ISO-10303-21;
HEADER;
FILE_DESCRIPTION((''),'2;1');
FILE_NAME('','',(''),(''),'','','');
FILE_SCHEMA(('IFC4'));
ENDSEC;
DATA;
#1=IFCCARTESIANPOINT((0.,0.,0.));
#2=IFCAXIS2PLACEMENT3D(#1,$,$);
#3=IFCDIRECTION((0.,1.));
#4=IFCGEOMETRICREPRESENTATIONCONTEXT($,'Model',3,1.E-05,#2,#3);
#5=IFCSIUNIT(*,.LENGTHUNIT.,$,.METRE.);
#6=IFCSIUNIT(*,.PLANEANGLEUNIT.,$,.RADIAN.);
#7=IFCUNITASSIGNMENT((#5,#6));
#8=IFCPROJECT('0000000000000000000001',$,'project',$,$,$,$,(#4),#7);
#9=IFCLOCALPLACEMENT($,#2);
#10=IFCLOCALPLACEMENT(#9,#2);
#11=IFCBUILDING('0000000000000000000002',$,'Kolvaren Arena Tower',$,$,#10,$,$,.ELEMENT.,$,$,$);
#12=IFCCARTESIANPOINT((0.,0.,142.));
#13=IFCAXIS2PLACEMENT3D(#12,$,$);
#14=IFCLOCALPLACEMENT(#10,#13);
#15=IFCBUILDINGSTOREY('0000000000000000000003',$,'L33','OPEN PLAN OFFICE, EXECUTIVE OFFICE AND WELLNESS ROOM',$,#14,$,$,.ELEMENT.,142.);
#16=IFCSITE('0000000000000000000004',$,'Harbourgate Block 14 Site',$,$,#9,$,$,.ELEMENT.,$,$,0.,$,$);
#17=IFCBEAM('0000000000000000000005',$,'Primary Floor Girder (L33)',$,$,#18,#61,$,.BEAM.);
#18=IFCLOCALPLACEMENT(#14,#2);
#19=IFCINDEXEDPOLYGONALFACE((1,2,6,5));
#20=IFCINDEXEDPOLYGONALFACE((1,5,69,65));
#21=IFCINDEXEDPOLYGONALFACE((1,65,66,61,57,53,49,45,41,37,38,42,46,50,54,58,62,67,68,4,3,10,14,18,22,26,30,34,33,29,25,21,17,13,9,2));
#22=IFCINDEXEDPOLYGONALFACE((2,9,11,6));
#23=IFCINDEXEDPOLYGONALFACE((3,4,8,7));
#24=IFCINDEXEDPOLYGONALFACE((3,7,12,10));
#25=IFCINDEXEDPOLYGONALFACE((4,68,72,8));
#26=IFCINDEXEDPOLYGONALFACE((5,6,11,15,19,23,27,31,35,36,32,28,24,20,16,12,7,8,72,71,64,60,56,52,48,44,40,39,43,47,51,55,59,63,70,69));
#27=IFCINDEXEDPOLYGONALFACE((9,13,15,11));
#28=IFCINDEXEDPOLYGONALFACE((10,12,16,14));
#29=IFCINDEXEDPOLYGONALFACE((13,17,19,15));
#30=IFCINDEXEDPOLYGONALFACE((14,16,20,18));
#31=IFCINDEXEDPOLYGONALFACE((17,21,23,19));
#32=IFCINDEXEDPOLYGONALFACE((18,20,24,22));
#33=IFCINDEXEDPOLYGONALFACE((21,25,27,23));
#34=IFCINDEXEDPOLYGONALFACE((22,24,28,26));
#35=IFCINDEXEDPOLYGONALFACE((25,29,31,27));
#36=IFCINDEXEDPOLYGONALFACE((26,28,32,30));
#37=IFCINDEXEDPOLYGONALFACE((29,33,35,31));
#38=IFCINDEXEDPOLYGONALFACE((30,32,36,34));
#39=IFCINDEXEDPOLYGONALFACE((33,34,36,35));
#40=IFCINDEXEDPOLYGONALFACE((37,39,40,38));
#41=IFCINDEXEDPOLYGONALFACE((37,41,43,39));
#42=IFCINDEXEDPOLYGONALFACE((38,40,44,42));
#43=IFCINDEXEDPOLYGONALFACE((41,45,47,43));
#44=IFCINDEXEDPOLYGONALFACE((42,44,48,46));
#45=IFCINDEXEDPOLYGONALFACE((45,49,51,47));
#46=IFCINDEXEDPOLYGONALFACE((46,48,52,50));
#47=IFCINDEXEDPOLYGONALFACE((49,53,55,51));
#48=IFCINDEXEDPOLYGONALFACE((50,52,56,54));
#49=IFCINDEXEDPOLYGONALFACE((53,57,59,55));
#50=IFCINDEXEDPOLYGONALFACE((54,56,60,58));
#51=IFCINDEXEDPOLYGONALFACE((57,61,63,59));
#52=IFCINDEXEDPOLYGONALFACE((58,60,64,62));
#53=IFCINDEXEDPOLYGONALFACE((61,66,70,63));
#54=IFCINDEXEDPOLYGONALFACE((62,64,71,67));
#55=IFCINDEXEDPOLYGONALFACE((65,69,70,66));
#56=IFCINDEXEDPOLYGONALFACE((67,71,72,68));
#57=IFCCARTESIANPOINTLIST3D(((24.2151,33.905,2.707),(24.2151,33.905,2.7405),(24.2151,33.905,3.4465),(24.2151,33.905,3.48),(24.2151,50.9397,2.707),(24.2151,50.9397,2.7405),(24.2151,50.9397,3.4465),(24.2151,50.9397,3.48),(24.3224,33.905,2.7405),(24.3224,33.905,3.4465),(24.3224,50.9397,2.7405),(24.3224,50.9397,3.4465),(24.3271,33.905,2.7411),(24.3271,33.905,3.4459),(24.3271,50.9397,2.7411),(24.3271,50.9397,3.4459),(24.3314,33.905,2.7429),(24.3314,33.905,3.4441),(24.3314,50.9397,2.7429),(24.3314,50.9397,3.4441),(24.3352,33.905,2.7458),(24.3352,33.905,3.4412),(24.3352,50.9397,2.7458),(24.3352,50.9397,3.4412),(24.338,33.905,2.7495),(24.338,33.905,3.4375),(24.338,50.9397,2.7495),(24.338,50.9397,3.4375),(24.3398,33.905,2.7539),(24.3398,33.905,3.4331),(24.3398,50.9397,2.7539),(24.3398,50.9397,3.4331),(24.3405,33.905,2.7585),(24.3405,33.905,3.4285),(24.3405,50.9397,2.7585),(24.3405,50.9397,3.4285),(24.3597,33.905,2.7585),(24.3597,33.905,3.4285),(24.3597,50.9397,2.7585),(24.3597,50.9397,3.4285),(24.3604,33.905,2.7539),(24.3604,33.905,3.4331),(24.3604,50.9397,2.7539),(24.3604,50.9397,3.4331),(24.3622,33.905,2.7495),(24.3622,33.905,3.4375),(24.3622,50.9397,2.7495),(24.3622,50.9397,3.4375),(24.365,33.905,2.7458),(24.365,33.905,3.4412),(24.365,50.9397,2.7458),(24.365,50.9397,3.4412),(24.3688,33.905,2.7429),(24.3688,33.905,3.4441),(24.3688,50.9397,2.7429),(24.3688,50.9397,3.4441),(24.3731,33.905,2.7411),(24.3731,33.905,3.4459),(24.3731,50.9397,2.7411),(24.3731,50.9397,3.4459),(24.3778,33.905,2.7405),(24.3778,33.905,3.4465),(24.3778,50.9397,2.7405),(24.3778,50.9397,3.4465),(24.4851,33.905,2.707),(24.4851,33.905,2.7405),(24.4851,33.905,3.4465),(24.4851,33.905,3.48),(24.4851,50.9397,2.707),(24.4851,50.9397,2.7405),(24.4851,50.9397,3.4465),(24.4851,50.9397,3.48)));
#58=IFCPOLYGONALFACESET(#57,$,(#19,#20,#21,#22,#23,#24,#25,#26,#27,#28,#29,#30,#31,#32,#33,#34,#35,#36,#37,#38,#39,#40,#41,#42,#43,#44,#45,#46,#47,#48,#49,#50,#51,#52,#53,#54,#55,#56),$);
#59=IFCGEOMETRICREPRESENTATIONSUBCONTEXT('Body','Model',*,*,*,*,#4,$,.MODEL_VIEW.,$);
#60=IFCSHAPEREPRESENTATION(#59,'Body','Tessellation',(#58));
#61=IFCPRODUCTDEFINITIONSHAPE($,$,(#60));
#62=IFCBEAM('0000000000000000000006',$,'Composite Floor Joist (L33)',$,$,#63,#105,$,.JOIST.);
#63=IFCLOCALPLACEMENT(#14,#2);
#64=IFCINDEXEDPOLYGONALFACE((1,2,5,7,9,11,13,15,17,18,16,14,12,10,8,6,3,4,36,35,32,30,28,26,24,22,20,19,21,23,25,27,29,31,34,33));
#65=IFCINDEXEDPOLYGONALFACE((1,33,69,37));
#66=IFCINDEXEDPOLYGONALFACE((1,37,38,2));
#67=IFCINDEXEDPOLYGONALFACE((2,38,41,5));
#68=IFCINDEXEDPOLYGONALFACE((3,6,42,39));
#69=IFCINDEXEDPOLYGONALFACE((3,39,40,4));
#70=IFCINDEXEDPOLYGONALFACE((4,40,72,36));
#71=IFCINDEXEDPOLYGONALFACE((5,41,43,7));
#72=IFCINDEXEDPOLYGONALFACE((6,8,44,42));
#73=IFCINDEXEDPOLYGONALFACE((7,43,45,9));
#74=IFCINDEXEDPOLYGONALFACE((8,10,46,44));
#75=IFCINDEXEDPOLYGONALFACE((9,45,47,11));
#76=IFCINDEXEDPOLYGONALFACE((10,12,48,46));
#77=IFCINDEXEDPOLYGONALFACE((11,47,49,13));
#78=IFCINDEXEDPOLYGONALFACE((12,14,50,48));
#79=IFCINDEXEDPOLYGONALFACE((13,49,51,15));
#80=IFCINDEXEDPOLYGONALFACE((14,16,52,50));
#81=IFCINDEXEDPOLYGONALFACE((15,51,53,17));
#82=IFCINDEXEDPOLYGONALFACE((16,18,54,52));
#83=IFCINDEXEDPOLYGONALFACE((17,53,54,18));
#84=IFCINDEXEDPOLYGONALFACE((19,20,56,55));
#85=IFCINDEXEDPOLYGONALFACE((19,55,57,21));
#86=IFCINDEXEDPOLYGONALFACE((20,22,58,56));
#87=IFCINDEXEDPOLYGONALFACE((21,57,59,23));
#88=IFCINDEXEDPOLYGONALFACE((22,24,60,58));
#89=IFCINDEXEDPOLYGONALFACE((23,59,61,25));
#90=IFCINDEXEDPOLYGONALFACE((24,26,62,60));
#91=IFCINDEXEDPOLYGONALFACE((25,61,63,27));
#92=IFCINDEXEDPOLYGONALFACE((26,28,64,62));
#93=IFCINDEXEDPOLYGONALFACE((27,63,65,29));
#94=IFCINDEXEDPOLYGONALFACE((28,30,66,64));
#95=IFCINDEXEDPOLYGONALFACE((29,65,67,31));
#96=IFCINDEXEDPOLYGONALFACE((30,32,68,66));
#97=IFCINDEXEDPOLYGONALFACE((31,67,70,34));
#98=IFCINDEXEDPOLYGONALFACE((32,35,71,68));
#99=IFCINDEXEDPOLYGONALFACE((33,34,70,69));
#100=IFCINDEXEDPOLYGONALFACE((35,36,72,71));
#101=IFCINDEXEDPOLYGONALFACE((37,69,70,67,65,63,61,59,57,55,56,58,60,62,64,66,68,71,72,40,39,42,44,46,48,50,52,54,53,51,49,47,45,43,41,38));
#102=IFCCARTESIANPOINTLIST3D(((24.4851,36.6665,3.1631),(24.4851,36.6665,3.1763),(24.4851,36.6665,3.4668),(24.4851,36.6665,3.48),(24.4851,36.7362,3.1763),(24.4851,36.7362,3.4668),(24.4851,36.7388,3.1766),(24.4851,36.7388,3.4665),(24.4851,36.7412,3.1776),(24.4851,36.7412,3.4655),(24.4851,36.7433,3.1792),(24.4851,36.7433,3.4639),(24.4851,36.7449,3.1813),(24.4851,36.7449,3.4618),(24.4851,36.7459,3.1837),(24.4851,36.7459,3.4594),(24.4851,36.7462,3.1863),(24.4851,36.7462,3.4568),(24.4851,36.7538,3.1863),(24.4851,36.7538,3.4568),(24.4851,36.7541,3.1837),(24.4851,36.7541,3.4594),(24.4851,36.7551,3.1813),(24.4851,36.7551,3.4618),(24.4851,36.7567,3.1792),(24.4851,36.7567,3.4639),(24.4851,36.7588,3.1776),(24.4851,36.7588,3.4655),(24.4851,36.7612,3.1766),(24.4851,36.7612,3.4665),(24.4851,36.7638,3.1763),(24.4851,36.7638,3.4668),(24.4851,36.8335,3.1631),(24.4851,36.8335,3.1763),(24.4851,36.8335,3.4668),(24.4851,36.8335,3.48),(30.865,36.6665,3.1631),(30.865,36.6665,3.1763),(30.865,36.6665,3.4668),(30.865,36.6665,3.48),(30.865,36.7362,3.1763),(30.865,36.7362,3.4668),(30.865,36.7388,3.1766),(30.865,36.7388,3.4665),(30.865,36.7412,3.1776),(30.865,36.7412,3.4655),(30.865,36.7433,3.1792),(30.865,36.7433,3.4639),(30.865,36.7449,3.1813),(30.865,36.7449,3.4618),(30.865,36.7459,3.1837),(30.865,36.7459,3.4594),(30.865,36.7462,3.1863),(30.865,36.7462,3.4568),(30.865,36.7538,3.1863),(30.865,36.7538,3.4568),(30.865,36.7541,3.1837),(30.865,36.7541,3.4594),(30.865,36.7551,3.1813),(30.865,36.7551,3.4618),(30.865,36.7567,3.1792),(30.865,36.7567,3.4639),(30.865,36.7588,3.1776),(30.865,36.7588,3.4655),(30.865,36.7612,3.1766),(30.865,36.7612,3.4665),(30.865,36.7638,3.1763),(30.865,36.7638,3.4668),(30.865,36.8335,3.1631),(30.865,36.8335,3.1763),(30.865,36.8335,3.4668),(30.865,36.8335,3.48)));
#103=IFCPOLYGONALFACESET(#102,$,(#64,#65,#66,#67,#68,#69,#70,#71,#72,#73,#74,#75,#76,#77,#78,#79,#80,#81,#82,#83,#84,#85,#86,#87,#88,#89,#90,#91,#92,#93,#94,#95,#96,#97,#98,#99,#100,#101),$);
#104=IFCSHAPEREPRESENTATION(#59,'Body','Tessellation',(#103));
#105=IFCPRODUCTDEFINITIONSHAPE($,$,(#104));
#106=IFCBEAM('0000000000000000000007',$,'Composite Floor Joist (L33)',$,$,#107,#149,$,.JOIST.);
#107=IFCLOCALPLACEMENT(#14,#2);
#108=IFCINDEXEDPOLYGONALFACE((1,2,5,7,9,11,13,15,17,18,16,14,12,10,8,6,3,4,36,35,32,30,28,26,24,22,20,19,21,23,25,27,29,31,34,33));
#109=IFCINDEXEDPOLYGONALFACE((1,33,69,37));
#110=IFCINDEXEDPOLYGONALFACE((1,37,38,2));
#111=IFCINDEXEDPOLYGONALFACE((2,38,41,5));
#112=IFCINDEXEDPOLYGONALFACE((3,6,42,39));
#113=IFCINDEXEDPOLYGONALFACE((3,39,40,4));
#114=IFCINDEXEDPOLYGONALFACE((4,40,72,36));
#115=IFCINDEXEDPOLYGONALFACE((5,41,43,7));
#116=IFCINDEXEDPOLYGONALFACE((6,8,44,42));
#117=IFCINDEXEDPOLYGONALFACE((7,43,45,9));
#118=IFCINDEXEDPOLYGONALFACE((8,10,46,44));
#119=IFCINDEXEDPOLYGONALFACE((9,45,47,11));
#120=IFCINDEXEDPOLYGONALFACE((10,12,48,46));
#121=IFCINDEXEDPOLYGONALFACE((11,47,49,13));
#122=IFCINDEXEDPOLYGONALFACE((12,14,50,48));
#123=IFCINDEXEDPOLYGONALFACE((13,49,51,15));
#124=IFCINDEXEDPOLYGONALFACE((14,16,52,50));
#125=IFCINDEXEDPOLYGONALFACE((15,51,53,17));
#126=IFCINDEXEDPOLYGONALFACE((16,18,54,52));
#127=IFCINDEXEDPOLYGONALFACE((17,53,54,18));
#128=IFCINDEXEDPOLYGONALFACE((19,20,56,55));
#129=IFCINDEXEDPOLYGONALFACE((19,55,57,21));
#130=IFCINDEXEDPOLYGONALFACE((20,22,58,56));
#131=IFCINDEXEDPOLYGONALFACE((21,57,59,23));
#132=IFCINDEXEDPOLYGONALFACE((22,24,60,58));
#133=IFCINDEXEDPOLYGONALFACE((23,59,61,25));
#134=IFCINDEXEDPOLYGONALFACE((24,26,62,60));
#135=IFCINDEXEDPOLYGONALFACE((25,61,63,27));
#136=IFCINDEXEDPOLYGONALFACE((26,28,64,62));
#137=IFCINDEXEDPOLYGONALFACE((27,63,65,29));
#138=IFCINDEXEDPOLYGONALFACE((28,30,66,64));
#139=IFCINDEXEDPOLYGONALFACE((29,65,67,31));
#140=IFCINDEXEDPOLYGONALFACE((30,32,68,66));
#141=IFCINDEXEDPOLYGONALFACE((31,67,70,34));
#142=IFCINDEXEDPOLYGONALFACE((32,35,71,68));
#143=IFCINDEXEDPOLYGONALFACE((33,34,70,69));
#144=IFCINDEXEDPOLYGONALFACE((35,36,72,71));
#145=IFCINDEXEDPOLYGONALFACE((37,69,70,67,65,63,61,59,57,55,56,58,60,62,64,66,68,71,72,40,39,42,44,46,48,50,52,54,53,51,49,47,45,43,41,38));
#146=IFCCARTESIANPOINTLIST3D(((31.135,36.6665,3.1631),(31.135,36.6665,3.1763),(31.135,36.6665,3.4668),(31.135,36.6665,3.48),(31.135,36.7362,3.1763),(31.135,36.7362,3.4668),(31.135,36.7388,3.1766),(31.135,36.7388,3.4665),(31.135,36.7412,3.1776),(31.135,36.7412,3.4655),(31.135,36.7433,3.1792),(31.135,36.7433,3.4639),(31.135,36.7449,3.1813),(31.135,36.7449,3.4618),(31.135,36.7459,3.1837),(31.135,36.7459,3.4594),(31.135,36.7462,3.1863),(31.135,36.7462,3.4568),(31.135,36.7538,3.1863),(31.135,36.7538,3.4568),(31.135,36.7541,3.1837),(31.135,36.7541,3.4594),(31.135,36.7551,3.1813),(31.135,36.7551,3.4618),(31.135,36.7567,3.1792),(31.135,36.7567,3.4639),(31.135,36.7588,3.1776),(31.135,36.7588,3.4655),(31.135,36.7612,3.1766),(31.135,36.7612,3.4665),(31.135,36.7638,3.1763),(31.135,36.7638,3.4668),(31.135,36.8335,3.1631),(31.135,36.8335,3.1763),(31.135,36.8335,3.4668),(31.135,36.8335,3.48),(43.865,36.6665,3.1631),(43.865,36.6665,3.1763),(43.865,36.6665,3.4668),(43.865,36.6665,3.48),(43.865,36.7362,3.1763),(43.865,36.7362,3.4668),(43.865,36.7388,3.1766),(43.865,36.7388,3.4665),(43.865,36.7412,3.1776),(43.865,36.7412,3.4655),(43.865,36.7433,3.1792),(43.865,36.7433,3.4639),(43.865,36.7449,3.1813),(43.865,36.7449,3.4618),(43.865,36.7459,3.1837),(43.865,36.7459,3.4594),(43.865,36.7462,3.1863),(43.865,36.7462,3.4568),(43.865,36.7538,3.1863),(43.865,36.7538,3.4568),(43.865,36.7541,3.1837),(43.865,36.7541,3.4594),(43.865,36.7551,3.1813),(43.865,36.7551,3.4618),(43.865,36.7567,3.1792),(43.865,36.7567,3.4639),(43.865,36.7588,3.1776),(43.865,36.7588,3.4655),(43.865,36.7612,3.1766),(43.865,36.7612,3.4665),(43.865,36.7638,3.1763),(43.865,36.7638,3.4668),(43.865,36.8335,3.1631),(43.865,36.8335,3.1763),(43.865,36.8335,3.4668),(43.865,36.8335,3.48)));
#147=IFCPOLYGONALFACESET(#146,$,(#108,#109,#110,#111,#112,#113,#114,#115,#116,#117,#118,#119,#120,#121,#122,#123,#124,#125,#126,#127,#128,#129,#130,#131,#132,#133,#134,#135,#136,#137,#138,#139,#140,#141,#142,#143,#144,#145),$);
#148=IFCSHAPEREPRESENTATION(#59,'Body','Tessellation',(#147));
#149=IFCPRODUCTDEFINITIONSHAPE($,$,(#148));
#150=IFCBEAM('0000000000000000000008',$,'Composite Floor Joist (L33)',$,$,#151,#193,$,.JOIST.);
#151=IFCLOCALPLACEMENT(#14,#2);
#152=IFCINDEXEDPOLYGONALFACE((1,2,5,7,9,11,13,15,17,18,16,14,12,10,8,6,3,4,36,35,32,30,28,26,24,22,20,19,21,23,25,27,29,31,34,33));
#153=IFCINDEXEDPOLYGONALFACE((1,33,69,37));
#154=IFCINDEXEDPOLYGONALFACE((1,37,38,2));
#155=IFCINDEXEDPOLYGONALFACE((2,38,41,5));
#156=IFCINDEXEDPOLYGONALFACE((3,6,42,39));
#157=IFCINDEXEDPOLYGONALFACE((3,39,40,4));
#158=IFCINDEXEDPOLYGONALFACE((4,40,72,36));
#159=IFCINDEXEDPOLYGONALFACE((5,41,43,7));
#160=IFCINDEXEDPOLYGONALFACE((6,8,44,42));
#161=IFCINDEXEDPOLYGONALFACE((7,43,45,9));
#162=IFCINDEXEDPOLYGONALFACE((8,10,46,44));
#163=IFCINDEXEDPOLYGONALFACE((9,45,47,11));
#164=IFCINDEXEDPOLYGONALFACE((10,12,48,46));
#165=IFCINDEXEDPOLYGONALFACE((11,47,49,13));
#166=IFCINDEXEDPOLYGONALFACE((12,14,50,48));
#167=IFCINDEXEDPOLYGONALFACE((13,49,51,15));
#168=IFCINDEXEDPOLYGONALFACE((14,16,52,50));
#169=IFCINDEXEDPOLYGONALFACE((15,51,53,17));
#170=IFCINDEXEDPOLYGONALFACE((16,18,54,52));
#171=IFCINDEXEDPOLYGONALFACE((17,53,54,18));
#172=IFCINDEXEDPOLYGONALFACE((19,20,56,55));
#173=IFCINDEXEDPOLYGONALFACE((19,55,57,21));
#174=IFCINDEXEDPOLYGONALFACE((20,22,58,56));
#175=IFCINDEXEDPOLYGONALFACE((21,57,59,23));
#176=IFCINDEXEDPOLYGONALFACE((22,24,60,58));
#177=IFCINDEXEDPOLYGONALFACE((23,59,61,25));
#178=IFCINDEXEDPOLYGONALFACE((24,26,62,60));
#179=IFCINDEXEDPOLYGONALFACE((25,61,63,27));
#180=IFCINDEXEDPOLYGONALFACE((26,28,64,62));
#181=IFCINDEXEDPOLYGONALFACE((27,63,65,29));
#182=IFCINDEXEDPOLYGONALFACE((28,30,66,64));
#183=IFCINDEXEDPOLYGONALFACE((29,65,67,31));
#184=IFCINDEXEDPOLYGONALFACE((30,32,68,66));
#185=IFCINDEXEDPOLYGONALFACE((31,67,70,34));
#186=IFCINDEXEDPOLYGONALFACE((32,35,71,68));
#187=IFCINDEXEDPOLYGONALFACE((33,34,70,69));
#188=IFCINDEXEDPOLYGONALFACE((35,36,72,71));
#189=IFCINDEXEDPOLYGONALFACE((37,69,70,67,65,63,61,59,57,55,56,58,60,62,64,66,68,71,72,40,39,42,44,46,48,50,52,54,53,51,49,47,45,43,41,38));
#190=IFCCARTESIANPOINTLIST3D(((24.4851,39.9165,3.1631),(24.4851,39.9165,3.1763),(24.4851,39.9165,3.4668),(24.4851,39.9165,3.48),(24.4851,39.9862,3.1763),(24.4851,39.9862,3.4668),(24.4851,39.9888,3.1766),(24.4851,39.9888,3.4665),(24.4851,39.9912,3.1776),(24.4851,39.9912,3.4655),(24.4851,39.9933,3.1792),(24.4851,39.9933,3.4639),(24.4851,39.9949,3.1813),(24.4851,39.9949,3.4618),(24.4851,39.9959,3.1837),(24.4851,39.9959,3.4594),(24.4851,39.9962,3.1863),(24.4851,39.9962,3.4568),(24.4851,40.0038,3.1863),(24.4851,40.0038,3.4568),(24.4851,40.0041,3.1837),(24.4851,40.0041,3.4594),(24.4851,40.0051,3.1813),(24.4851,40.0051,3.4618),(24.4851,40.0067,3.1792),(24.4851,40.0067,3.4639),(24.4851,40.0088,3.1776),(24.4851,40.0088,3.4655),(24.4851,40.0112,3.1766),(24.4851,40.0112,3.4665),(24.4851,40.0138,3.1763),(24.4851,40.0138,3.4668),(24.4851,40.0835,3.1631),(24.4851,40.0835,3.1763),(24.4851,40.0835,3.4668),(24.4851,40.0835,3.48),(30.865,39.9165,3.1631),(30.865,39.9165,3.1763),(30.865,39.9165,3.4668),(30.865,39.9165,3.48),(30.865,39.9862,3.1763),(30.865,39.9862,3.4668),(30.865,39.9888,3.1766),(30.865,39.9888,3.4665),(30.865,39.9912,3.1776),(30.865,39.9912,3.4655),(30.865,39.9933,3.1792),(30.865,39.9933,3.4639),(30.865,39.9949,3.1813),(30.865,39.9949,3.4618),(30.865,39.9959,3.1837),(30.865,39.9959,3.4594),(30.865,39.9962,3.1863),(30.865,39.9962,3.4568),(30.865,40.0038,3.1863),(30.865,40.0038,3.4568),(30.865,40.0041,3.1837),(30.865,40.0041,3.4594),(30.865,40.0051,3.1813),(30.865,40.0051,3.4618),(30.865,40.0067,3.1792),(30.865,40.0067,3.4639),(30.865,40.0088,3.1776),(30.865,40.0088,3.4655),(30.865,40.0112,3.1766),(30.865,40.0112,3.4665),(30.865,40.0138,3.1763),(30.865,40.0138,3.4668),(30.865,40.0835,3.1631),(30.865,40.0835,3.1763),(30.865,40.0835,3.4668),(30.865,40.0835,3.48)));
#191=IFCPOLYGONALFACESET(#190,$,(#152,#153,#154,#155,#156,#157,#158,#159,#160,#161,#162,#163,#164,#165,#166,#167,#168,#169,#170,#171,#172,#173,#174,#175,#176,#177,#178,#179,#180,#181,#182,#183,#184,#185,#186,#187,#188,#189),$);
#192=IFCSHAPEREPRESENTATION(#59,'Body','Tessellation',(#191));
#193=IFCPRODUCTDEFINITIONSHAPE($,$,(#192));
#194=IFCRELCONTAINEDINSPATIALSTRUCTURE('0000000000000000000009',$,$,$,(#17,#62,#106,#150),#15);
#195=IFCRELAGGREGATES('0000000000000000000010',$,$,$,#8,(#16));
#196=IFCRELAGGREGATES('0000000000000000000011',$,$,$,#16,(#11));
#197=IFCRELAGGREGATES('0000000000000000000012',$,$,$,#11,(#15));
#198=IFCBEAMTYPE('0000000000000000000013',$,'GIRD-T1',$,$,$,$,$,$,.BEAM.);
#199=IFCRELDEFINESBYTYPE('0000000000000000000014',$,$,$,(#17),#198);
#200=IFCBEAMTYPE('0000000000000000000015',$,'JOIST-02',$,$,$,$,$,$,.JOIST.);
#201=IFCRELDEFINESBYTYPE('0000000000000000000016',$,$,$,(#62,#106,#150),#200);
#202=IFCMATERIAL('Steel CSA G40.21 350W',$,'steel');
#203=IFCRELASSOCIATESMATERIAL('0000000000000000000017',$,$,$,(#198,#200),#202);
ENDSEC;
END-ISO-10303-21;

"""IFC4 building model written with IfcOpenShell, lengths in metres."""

from ifc_helpers import new_model, si_unit, direction, frame, origin, origin_2d, place, context, subcontext, project, spatial, i_section, extrude, material, material_profile, profile_set, type_object, element, save


model = new_model("IFC4")

# Units and contexts
model_context = context("Model", 3, precision=1e-05, world=origin(), true_north=direction((0.0, 1.0)))
body_context = subcontext(model_context, "Body", "Model", "MODEL_VIEW")
ifc_project = project(units=[si_unit("LENGTHUNIT", "METRE"), si_unit("PLANEANGLEUNIT", "RADIAN")], contexts=[model_context])

# Site, building, storey
site_placement = place(None, origin())
site = spatial("IfcSite", under=ifc_project, at=site_placement, Name="Harbourgate Block 14 Site", CompositionType="ELEMENT", RefElevation=0.0)
building_placement = place(site_placement, origin())
building = spatial("IfcBuilding", under=site, at=building_placement, Name="Kolvaren Arena Tower", CompositionType="ELEMENT")
storey_placement = place(building_placement, frame((0.0, 0.0, 142.0)))
storey = spatial("IfcBuildingStorey", under=building, at=storey_placement, Name="L33", Description="OPEN PLAN OFFICE, EXECUTIVE OFFICE AND WELLNESS ROOM", CompositionType="ELEMENT", Elevation=142.0)

# Beams
ifc_material_1 = material(Name="Steel CSA G40.21 350W", Category="steel")
ifc_material_profile_1 = material_profile(ifc_material_1, i_section(OverallWidth=0.27, OverallDepth=0.7729, WebThickness=0.0193, FlangeThickness=0.0334, FilletRadius=0.0181, at=origin_2d()), Name="W760x257")
ifc_profile_set_1 = profile_set([ifc_material_profile_1], Name="Steel CSA G40.21 350W")
beam_type_1 = type_object("IfcBeamType", Name="GIRD-T1", PredefinedType="BEAM", material=ifc_profile_set_1)
beam_1_placement = place(storey_placement, frame((24.3501, 33.905, 3.0935), z_axis=(0.0, 1.0, 0.0), x_axis=(-1.0, 0.0, 0.0)))
element("IfcBeam", 1, at=beam_1_placement, inside=storey, type_object=beam_type_1, Name="Primary Floor Girder (L33)", PredefinedType="BEAM", context=body_context, shape_type="SweptSolid", body=[
    extrude(i_section(OverallWidth=0.27, OverallDepth=0.7729, WebThickness=0.0193, FlangeThickness=0.0334, FilletRadius=0.0181, at=origin_2d()), origin(), (0.0, 0.0, 1.0), 17.0347),
])
ifc_material_profile_2 = material_profile(ifc_material_1, i_section(OverallWidth=0.167, OverallDepth=0.3169, WebThickness=0.0076, FlangeThickness=0.0132, FilletRadius=0.01, at=origin_2d()), Name="W310x52")
ifc_profile_set_2 = profile_set([ifc_material_profile_2], Name="Steel CSA G40.21 350W")
beam_type_2 = type_object("IfcBeamType", Name="JOIST-02", PredefinedType="JOIST", material=ifc_profile_set_2)
beam_2_placement = place(storey_placement, frame((24.4851, 36.75, 3.3215), z_axis=(1.0, 0.0, 0.0), x_axis=(0.0, 1.0, 0.0)))
element("IfcBeam", 2, at=beam_2_placement, inside=storey, type_object=beam_type_2, Name="Composite Floor Joist (L33)", PredefinedType="JOIST", context=body_context, shape_type="SweptSolid", body=[
    extrude(i_section(OverallWidth=0.167, OverallDepth=0.3169, WebThickness=0.0076, FlangeThickness=0.0132, FilletRadius=0.01, at=origin_2d()), origin(), (0.0, 0.0, 1.0), 6.3799),
])
beam_3_placement = place(storey_placement, frame((31.135, 36.75, 3.3215), z_axis=(1.0, 0.0, 0.0), x_axis=(0.0, 1.0, 0.0)))
element("IfcBeam", 3, at=beam_3_placement, inside=storey, type_object=beam_type_2, Name="Composite Floor Joist (L33)", PredefinedType="JOIST", context=body_context, shape_type="SweptSolid", body=[
    extrude(i_section(OverallWidth=0.167, OverallDepth=0.3169, WebThickness=0.0076, FlangeThickness=0.0132, FilletRadius=0.01, at=origin_2d()), origin(), (0.0, 0.0, 1.0), 12.73),
])
beam_4_placement = place(storey_placement, frame((24.4851, 40.0, 3.3215), z_axis=(1.0, 0.0, 0.0), x_axis=(0.0, 1.0, 0.0)))
element("IfcBeam", 4, at=beam_4_placement, inside=storey, type_object=beam_type_2, Name="Composite Floor Joist (L33)", PredefinedType="JOIST", context=body_context, shape_type="SweptSolid", body=[
    extrude(i_section(OverallWidth=0.167, OverallDepth=0.3169, WebThickness=0.0076, FlangeThickness=0.0132, FilletRadius=0.01, at=origin_2d()), origin(), (0.0, 0.0, 1.0), 6.3799),
])

save(model, "model.ifc")
